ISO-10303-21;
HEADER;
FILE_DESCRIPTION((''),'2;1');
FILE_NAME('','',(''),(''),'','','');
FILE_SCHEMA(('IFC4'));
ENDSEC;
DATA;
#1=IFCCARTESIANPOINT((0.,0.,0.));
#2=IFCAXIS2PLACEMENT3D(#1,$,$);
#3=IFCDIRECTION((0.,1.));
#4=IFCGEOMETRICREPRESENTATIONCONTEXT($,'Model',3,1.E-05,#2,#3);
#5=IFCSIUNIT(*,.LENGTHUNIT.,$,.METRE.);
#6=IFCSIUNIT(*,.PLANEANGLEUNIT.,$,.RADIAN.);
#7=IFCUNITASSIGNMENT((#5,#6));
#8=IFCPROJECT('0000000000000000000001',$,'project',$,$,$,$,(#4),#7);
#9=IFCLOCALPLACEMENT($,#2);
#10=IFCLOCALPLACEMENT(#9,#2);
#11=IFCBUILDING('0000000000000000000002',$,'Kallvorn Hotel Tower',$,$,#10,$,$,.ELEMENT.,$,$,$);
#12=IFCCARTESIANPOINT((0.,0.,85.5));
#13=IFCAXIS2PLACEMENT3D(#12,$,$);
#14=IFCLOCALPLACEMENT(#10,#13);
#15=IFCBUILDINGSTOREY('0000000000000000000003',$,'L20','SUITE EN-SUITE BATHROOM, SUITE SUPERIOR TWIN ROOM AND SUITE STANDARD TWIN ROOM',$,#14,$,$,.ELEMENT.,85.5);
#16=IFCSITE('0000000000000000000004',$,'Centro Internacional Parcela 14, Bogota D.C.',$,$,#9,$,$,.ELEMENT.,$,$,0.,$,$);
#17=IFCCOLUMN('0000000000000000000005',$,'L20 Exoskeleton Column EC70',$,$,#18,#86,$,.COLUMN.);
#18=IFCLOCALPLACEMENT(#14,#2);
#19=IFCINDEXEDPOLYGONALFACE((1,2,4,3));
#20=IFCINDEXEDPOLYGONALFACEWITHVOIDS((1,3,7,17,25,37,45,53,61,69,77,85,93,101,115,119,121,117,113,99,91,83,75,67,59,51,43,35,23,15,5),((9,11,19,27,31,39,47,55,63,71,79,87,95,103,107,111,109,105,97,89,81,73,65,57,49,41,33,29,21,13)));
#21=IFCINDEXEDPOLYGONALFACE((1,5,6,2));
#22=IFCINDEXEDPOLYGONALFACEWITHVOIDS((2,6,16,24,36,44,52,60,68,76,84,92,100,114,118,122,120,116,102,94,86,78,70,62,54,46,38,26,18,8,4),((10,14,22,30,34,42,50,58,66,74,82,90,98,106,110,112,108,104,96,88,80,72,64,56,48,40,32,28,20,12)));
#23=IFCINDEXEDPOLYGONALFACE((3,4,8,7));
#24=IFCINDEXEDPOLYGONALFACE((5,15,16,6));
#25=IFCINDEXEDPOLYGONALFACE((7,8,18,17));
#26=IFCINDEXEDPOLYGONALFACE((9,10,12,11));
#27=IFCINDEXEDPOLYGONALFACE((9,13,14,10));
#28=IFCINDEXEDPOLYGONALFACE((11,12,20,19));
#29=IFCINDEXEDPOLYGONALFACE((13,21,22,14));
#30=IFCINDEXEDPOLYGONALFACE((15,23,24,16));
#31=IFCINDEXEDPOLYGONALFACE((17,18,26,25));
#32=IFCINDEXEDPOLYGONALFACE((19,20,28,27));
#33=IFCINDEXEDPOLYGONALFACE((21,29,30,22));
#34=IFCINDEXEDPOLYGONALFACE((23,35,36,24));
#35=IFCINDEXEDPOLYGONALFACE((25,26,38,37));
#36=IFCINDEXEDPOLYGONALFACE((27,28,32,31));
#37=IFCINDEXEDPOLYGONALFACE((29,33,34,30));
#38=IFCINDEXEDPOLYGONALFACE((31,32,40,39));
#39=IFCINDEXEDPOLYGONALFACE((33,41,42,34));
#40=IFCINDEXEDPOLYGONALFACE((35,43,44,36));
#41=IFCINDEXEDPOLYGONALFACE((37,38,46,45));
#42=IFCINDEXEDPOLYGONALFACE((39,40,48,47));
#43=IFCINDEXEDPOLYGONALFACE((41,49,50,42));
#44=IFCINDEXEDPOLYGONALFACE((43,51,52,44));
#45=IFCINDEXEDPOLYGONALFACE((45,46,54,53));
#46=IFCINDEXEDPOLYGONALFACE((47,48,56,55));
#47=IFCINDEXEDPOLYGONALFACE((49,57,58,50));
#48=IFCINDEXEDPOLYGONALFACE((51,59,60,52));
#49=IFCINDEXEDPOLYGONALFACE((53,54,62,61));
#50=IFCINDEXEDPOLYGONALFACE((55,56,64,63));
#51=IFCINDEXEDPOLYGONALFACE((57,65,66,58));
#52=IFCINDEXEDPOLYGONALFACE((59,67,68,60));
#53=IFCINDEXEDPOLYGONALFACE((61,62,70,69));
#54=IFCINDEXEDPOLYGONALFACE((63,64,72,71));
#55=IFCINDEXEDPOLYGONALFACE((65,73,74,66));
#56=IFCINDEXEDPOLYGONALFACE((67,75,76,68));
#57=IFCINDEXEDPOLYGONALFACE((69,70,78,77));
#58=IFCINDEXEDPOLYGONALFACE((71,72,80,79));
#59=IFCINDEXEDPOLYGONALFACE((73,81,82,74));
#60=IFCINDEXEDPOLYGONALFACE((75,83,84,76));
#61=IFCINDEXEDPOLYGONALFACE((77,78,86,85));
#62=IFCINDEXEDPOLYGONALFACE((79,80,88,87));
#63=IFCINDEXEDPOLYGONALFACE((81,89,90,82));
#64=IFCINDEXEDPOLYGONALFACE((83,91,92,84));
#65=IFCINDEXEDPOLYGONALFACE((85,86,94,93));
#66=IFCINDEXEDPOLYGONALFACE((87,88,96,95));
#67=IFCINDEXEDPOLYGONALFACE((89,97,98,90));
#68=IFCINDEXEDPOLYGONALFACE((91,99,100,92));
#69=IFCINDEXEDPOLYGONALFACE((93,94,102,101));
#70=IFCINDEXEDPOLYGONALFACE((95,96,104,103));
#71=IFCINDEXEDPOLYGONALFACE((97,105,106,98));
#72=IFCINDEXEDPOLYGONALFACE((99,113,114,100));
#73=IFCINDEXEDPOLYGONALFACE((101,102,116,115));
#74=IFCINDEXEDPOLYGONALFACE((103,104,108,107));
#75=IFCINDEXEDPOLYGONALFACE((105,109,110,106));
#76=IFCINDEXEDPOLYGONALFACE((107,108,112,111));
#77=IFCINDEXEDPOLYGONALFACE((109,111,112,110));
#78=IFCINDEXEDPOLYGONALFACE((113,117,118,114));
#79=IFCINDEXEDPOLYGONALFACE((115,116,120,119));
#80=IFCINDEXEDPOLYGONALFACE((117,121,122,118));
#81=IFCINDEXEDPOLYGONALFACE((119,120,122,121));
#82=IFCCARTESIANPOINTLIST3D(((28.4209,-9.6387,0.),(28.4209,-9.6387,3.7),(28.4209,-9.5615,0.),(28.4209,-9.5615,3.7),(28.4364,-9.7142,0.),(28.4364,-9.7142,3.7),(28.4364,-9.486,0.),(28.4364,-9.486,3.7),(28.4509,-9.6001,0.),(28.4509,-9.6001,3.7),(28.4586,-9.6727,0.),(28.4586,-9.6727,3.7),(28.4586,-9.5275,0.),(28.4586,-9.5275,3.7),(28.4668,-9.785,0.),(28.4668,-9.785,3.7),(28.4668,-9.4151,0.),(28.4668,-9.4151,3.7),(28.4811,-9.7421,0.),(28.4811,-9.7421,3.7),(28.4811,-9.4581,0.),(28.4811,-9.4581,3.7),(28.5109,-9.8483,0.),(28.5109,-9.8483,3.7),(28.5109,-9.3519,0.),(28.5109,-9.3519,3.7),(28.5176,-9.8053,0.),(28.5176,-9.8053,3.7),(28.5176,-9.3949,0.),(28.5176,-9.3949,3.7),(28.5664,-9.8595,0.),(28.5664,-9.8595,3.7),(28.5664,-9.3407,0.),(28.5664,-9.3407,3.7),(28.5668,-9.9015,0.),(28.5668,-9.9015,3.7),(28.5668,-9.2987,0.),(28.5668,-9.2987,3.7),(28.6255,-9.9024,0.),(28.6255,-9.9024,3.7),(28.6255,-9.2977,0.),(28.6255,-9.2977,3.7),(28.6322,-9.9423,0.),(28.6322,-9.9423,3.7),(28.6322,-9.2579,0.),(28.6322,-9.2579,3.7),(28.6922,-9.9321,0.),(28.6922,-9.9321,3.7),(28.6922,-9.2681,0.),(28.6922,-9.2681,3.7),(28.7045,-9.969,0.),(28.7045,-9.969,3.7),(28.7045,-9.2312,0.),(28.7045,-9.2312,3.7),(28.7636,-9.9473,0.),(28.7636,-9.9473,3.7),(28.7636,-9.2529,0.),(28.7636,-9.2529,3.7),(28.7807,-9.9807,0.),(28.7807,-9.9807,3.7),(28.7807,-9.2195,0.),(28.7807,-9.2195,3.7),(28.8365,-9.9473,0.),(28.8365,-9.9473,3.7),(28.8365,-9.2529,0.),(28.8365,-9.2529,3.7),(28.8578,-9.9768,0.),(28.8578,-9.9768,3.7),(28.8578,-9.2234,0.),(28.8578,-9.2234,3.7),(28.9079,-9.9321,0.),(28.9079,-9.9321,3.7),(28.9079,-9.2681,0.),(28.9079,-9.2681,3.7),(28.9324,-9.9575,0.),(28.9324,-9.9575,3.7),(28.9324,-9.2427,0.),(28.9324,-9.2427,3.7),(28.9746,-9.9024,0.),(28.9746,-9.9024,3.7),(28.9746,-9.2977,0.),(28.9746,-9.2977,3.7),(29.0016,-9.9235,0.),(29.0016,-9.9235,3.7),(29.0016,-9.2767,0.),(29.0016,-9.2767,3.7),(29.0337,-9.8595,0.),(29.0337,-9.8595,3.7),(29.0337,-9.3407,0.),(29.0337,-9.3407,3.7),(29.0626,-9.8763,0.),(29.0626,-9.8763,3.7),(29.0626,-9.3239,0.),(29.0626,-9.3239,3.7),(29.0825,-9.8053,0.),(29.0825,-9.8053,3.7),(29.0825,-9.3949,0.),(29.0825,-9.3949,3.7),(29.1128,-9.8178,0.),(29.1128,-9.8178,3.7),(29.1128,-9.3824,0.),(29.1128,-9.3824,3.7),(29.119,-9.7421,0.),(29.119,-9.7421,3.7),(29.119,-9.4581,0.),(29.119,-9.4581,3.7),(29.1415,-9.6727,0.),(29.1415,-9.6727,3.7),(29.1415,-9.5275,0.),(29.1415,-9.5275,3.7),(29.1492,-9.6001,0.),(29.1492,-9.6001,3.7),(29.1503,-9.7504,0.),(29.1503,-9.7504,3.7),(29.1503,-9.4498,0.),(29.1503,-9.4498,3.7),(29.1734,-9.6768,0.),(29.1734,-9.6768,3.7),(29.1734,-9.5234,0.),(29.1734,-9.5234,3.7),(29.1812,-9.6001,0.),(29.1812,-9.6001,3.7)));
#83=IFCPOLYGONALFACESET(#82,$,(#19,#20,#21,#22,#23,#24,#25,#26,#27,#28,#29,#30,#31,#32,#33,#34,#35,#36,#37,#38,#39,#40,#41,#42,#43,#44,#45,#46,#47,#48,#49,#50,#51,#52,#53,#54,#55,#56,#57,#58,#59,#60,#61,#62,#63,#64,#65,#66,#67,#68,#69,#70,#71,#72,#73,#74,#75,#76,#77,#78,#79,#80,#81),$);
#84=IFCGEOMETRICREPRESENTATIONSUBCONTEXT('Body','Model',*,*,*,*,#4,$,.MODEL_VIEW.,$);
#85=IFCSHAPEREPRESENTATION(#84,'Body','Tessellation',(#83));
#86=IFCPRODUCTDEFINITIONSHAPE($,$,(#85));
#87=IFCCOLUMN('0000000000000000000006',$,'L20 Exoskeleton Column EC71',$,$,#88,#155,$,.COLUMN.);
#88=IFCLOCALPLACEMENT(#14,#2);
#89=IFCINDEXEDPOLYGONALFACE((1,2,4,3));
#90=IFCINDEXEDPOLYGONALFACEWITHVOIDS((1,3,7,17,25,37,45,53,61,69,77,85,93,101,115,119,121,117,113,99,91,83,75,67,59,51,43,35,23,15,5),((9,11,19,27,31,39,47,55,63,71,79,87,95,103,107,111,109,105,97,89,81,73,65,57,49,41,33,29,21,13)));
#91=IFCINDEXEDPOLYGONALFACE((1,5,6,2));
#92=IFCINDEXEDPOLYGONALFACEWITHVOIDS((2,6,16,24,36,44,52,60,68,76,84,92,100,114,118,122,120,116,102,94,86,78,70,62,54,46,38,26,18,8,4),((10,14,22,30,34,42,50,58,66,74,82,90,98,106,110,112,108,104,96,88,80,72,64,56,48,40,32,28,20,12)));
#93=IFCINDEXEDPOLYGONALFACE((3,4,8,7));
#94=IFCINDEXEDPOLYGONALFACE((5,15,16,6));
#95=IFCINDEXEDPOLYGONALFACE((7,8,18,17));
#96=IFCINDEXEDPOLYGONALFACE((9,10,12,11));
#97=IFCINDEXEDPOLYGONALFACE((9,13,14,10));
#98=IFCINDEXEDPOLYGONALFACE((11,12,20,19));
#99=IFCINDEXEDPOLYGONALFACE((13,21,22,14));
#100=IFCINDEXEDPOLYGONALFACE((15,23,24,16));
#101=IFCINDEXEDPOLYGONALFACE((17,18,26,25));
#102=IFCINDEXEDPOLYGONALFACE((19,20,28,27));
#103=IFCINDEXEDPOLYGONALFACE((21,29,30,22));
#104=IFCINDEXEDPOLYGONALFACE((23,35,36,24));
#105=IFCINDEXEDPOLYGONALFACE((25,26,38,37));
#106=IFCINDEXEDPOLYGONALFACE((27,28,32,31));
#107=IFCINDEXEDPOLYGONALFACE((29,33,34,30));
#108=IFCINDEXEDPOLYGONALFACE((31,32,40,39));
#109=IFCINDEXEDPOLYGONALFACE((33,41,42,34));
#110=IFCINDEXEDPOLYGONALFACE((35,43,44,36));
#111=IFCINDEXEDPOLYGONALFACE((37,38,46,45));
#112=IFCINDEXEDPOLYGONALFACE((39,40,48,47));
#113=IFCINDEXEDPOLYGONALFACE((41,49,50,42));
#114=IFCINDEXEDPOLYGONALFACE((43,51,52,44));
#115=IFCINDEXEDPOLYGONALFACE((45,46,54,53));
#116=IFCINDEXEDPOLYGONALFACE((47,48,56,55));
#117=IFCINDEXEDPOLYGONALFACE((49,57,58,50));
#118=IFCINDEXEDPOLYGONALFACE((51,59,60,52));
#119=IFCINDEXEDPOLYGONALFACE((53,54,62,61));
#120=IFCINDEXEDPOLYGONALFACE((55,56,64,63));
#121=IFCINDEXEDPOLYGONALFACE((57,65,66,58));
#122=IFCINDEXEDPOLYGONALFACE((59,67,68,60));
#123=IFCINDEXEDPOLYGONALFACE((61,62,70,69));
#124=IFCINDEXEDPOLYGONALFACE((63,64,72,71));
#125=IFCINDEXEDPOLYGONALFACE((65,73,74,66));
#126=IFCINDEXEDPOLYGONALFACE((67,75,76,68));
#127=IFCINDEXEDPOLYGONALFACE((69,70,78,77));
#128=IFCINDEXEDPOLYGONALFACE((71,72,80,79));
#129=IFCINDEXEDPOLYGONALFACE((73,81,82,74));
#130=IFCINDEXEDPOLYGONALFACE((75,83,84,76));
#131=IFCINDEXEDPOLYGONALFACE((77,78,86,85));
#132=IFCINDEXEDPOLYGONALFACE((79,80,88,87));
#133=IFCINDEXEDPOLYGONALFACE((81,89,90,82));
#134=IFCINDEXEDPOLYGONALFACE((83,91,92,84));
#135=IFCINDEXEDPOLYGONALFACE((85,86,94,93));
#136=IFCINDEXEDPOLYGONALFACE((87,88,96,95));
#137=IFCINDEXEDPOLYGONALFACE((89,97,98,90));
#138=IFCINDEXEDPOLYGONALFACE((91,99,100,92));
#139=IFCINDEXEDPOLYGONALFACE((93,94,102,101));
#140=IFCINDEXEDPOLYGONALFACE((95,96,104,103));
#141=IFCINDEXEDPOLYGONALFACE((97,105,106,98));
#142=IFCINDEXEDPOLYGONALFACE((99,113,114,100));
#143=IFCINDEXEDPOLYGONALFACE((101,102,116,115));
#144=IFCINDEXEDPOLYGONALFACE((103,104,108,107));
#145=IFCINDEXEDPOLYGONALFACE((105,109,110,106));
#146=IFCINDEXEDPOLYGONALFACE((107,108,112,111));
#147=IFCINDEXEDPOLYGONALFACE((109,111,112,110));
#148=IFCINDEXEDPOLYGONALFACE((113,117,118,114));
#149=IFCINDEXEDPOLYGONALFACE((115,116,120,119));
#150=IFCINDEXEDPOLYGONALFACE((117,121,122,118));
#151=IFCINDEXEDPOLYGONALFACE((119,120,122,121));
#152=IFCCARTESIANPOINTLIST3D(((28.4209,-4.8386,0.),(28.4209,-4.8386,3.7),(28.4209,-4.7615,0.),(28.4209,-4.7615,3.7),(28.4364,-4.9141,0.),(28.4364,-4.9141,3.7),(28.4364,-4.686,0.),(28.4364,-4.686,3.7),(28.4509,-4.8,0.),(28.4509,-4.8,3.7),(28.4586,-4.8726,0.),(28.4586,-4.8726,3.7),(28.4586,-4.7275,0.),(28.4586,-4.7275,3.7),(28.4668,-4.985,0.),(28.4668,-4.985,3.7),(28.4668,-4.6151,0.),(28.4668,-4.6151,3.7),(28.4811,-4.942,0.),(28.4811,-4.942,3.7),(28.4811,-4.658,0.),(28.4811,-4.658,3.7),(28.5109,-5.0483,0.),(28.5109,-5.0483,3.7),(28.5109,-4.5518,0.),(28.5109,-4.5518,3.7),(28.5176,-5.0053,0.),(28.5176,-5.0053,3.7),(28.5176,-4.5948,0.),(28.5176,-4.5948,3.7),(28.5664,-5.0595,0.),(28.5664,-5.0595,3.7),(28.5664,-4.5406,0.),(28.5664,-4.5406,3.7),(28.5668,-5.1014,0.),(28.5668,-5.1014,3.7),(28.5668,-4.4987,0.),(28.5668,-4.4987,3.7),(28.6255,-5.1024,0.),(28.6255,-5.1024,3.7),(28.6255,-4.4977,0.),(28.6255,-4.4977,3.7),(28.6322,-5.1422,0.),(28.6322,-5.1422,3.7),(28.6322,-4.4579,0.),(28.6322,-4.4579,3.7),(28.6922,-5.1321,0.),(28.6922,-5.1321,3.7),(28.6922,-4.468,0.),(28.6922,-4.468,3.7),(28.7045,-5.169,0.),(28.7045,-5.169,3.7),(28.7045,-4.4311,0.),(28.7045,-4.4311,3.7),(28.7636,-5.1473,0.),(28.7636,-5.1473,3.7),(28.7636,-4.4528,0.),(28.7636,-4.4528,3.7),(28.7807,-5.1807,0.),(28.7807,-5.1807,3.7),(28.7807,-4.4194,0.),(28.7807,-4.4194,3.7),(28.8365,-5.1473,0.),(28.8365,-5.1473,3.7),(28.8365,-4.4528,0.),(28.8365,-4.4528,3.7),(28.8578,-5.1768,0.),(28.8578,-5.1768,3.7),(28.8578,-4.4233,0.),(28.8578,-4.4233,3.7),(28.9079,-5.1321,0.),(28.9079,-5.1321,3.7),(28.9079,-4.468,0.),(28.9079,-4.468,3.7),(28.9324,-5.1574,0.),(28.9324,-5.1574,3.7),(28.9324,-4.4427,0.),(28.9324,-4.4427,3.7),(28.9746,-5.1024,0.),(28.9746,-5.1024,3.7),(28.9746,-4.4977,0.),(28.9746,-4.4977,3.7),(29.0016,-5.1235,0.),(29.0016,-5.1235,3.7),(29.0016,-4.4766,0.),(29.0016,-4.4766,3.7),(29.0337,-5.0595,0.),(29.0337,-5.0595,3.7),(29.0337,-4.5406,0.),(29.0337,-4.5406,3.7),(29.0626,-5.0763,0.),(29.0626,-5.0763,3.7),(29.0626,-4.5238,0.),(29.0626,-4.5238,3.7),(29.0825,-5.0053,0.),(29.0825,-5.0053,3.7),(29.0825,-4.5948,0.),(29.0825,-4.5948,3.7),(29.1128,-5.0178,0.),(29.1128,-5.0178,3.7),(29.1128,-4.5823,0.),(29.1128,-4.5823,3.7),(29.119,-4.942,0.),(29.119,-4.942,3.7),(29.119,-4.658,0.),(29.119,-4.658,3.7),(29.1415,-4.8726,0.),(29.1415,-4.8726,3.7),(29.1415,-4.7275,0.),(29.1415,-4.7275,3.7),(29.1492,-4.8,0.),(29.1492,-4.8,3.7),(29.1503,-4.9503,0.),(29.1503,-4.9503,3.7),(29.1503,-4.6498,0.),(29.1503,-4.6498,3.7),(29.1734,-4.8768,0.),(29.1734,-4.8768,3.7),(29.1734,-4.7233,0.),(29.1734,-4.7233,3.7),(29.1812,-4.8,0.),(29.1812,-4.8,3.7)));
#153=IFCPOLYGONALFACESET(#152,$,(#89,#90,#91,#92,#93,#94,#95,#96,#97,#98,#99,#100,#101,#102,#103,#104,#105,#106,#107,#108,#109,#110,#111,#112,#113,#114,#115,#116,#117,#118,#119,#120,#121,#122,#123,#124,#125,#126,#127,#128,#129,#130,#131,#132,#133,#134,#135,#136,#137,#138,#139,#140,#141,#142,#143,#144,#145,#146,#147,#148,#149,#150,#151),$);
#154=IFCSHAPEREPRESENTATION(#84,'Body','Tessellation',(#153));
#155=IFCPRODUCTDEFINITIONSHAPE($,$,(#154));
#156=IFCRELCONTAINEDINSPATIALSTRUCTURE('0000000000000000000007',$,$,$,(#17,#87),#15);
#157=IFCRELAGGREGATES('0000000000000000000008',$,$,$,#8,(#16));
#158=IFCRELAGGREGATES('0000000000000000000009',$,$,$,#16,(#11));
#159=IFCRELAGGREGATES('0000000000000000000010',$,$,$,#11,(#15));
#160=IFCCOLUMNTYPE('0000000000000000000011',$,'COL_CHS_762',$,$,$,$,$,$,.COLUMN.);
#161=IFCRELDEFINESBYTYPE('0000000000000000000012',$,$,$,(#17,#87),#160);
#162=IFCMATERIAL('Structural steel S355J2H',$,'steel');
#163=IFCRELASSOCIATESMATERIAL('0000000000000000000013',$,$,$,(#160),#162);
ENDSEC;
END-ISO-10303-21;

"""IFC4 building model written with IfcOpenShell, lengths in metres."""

from ifc_helpers import new_model, si_unit, direction, frame, origin, origin_2d, place, context, subcontext, project, spatial, hollow_circle, extrude, material, material_profile, profile_set, type_object, element, save


model = new_model("IFC4")

# Units and contexts
model_context = context("Model", 3, precision=1e-05, world=origin(), true_north=direction((0.0, 1.0)))
body_context = subcontext(model_context, "Body", "Model", "MODEL_VIEW")
ifc_project = project(units=[si_unit("LENGTHUNIT", "METRE"), si_unit("PLANEANGLEUNIT", "RADIAN")], contexts=[model_context])

# Site, building, storey
site_placement = place(None, origin())
site = spatial("IfcSite", under=ifc_project, at=site_placement, Name="Centro Internacional Parcela 14, Bogota D.C.", CompositionType="ELEMENT", RefElevation=0.0)
building_placement = place(site_placement, origin())
building = spatial("IfcBuilding", under=site, at=building_placement, Name="Kallvorn Hotel Tower", CompositionType="ELEMENT")
storey_placement = place(building_placement, frame((0.0, 0.0, 85.5)))
storey = spatial("IfcBuildingStorey", under=building, at=storey_placement, Name="L20", Description="SUITE EN-SUITE BATHROOM, SUITE SUPERIOR TWIN ROOM AND SUITE STANDARD TWIN ROOM", CompositionType="ELEMENT", Elevation=85.5)

# Columns
ifc_material_1 = material(Name="Structural steel S355J2H", Category="steel")
ifc_material_profile_1 = material_profile(ifc_material_1, hollow_circle(Radius=0.3811, WallThickness=0.032, at=origin_2d()), Name="CHS 762x32")
ifc_profile_set_1 = profile_set([ifc_material_profile_1], Name="Structural steel S355J2H")
column_type_1 = type_object("IfcColumnType", Name="COL_CHS_762", PredefinedType="COLUMN", material=ifc_profile_set_1)
for number, where, z_axis, x_axis, name in (
    (1, (28.8, -9.6001, 0.0), (0.0, 0.0, 1.0), (1.0, 0.0, 0.0), "L20 Exoskeleton Column EC70"),
    (2, (28.8, -4.8, 0.0), (0.0, 0.0, 1.0), (1.0, 0.0, 0.0), "L20 Exoskeleton Column EC71"),
):
    element("IfcColumn", number, at=place(storey_placement, frame(where, z_axis=z_axis, x_axis=x_axis)), inside=storey, type_object=column_type_1, Name=name, PredefinedType="COLUMN", context=body_context, shape_type="SweptSolid", body=[
        extrude(hollow_circle(Radius=0.3811, WallThickness=0.032, at=origin_2d()), origin(), (0.0, 0.0, 1.0), 3.7),
    ])

save(model, "model.ifc")
